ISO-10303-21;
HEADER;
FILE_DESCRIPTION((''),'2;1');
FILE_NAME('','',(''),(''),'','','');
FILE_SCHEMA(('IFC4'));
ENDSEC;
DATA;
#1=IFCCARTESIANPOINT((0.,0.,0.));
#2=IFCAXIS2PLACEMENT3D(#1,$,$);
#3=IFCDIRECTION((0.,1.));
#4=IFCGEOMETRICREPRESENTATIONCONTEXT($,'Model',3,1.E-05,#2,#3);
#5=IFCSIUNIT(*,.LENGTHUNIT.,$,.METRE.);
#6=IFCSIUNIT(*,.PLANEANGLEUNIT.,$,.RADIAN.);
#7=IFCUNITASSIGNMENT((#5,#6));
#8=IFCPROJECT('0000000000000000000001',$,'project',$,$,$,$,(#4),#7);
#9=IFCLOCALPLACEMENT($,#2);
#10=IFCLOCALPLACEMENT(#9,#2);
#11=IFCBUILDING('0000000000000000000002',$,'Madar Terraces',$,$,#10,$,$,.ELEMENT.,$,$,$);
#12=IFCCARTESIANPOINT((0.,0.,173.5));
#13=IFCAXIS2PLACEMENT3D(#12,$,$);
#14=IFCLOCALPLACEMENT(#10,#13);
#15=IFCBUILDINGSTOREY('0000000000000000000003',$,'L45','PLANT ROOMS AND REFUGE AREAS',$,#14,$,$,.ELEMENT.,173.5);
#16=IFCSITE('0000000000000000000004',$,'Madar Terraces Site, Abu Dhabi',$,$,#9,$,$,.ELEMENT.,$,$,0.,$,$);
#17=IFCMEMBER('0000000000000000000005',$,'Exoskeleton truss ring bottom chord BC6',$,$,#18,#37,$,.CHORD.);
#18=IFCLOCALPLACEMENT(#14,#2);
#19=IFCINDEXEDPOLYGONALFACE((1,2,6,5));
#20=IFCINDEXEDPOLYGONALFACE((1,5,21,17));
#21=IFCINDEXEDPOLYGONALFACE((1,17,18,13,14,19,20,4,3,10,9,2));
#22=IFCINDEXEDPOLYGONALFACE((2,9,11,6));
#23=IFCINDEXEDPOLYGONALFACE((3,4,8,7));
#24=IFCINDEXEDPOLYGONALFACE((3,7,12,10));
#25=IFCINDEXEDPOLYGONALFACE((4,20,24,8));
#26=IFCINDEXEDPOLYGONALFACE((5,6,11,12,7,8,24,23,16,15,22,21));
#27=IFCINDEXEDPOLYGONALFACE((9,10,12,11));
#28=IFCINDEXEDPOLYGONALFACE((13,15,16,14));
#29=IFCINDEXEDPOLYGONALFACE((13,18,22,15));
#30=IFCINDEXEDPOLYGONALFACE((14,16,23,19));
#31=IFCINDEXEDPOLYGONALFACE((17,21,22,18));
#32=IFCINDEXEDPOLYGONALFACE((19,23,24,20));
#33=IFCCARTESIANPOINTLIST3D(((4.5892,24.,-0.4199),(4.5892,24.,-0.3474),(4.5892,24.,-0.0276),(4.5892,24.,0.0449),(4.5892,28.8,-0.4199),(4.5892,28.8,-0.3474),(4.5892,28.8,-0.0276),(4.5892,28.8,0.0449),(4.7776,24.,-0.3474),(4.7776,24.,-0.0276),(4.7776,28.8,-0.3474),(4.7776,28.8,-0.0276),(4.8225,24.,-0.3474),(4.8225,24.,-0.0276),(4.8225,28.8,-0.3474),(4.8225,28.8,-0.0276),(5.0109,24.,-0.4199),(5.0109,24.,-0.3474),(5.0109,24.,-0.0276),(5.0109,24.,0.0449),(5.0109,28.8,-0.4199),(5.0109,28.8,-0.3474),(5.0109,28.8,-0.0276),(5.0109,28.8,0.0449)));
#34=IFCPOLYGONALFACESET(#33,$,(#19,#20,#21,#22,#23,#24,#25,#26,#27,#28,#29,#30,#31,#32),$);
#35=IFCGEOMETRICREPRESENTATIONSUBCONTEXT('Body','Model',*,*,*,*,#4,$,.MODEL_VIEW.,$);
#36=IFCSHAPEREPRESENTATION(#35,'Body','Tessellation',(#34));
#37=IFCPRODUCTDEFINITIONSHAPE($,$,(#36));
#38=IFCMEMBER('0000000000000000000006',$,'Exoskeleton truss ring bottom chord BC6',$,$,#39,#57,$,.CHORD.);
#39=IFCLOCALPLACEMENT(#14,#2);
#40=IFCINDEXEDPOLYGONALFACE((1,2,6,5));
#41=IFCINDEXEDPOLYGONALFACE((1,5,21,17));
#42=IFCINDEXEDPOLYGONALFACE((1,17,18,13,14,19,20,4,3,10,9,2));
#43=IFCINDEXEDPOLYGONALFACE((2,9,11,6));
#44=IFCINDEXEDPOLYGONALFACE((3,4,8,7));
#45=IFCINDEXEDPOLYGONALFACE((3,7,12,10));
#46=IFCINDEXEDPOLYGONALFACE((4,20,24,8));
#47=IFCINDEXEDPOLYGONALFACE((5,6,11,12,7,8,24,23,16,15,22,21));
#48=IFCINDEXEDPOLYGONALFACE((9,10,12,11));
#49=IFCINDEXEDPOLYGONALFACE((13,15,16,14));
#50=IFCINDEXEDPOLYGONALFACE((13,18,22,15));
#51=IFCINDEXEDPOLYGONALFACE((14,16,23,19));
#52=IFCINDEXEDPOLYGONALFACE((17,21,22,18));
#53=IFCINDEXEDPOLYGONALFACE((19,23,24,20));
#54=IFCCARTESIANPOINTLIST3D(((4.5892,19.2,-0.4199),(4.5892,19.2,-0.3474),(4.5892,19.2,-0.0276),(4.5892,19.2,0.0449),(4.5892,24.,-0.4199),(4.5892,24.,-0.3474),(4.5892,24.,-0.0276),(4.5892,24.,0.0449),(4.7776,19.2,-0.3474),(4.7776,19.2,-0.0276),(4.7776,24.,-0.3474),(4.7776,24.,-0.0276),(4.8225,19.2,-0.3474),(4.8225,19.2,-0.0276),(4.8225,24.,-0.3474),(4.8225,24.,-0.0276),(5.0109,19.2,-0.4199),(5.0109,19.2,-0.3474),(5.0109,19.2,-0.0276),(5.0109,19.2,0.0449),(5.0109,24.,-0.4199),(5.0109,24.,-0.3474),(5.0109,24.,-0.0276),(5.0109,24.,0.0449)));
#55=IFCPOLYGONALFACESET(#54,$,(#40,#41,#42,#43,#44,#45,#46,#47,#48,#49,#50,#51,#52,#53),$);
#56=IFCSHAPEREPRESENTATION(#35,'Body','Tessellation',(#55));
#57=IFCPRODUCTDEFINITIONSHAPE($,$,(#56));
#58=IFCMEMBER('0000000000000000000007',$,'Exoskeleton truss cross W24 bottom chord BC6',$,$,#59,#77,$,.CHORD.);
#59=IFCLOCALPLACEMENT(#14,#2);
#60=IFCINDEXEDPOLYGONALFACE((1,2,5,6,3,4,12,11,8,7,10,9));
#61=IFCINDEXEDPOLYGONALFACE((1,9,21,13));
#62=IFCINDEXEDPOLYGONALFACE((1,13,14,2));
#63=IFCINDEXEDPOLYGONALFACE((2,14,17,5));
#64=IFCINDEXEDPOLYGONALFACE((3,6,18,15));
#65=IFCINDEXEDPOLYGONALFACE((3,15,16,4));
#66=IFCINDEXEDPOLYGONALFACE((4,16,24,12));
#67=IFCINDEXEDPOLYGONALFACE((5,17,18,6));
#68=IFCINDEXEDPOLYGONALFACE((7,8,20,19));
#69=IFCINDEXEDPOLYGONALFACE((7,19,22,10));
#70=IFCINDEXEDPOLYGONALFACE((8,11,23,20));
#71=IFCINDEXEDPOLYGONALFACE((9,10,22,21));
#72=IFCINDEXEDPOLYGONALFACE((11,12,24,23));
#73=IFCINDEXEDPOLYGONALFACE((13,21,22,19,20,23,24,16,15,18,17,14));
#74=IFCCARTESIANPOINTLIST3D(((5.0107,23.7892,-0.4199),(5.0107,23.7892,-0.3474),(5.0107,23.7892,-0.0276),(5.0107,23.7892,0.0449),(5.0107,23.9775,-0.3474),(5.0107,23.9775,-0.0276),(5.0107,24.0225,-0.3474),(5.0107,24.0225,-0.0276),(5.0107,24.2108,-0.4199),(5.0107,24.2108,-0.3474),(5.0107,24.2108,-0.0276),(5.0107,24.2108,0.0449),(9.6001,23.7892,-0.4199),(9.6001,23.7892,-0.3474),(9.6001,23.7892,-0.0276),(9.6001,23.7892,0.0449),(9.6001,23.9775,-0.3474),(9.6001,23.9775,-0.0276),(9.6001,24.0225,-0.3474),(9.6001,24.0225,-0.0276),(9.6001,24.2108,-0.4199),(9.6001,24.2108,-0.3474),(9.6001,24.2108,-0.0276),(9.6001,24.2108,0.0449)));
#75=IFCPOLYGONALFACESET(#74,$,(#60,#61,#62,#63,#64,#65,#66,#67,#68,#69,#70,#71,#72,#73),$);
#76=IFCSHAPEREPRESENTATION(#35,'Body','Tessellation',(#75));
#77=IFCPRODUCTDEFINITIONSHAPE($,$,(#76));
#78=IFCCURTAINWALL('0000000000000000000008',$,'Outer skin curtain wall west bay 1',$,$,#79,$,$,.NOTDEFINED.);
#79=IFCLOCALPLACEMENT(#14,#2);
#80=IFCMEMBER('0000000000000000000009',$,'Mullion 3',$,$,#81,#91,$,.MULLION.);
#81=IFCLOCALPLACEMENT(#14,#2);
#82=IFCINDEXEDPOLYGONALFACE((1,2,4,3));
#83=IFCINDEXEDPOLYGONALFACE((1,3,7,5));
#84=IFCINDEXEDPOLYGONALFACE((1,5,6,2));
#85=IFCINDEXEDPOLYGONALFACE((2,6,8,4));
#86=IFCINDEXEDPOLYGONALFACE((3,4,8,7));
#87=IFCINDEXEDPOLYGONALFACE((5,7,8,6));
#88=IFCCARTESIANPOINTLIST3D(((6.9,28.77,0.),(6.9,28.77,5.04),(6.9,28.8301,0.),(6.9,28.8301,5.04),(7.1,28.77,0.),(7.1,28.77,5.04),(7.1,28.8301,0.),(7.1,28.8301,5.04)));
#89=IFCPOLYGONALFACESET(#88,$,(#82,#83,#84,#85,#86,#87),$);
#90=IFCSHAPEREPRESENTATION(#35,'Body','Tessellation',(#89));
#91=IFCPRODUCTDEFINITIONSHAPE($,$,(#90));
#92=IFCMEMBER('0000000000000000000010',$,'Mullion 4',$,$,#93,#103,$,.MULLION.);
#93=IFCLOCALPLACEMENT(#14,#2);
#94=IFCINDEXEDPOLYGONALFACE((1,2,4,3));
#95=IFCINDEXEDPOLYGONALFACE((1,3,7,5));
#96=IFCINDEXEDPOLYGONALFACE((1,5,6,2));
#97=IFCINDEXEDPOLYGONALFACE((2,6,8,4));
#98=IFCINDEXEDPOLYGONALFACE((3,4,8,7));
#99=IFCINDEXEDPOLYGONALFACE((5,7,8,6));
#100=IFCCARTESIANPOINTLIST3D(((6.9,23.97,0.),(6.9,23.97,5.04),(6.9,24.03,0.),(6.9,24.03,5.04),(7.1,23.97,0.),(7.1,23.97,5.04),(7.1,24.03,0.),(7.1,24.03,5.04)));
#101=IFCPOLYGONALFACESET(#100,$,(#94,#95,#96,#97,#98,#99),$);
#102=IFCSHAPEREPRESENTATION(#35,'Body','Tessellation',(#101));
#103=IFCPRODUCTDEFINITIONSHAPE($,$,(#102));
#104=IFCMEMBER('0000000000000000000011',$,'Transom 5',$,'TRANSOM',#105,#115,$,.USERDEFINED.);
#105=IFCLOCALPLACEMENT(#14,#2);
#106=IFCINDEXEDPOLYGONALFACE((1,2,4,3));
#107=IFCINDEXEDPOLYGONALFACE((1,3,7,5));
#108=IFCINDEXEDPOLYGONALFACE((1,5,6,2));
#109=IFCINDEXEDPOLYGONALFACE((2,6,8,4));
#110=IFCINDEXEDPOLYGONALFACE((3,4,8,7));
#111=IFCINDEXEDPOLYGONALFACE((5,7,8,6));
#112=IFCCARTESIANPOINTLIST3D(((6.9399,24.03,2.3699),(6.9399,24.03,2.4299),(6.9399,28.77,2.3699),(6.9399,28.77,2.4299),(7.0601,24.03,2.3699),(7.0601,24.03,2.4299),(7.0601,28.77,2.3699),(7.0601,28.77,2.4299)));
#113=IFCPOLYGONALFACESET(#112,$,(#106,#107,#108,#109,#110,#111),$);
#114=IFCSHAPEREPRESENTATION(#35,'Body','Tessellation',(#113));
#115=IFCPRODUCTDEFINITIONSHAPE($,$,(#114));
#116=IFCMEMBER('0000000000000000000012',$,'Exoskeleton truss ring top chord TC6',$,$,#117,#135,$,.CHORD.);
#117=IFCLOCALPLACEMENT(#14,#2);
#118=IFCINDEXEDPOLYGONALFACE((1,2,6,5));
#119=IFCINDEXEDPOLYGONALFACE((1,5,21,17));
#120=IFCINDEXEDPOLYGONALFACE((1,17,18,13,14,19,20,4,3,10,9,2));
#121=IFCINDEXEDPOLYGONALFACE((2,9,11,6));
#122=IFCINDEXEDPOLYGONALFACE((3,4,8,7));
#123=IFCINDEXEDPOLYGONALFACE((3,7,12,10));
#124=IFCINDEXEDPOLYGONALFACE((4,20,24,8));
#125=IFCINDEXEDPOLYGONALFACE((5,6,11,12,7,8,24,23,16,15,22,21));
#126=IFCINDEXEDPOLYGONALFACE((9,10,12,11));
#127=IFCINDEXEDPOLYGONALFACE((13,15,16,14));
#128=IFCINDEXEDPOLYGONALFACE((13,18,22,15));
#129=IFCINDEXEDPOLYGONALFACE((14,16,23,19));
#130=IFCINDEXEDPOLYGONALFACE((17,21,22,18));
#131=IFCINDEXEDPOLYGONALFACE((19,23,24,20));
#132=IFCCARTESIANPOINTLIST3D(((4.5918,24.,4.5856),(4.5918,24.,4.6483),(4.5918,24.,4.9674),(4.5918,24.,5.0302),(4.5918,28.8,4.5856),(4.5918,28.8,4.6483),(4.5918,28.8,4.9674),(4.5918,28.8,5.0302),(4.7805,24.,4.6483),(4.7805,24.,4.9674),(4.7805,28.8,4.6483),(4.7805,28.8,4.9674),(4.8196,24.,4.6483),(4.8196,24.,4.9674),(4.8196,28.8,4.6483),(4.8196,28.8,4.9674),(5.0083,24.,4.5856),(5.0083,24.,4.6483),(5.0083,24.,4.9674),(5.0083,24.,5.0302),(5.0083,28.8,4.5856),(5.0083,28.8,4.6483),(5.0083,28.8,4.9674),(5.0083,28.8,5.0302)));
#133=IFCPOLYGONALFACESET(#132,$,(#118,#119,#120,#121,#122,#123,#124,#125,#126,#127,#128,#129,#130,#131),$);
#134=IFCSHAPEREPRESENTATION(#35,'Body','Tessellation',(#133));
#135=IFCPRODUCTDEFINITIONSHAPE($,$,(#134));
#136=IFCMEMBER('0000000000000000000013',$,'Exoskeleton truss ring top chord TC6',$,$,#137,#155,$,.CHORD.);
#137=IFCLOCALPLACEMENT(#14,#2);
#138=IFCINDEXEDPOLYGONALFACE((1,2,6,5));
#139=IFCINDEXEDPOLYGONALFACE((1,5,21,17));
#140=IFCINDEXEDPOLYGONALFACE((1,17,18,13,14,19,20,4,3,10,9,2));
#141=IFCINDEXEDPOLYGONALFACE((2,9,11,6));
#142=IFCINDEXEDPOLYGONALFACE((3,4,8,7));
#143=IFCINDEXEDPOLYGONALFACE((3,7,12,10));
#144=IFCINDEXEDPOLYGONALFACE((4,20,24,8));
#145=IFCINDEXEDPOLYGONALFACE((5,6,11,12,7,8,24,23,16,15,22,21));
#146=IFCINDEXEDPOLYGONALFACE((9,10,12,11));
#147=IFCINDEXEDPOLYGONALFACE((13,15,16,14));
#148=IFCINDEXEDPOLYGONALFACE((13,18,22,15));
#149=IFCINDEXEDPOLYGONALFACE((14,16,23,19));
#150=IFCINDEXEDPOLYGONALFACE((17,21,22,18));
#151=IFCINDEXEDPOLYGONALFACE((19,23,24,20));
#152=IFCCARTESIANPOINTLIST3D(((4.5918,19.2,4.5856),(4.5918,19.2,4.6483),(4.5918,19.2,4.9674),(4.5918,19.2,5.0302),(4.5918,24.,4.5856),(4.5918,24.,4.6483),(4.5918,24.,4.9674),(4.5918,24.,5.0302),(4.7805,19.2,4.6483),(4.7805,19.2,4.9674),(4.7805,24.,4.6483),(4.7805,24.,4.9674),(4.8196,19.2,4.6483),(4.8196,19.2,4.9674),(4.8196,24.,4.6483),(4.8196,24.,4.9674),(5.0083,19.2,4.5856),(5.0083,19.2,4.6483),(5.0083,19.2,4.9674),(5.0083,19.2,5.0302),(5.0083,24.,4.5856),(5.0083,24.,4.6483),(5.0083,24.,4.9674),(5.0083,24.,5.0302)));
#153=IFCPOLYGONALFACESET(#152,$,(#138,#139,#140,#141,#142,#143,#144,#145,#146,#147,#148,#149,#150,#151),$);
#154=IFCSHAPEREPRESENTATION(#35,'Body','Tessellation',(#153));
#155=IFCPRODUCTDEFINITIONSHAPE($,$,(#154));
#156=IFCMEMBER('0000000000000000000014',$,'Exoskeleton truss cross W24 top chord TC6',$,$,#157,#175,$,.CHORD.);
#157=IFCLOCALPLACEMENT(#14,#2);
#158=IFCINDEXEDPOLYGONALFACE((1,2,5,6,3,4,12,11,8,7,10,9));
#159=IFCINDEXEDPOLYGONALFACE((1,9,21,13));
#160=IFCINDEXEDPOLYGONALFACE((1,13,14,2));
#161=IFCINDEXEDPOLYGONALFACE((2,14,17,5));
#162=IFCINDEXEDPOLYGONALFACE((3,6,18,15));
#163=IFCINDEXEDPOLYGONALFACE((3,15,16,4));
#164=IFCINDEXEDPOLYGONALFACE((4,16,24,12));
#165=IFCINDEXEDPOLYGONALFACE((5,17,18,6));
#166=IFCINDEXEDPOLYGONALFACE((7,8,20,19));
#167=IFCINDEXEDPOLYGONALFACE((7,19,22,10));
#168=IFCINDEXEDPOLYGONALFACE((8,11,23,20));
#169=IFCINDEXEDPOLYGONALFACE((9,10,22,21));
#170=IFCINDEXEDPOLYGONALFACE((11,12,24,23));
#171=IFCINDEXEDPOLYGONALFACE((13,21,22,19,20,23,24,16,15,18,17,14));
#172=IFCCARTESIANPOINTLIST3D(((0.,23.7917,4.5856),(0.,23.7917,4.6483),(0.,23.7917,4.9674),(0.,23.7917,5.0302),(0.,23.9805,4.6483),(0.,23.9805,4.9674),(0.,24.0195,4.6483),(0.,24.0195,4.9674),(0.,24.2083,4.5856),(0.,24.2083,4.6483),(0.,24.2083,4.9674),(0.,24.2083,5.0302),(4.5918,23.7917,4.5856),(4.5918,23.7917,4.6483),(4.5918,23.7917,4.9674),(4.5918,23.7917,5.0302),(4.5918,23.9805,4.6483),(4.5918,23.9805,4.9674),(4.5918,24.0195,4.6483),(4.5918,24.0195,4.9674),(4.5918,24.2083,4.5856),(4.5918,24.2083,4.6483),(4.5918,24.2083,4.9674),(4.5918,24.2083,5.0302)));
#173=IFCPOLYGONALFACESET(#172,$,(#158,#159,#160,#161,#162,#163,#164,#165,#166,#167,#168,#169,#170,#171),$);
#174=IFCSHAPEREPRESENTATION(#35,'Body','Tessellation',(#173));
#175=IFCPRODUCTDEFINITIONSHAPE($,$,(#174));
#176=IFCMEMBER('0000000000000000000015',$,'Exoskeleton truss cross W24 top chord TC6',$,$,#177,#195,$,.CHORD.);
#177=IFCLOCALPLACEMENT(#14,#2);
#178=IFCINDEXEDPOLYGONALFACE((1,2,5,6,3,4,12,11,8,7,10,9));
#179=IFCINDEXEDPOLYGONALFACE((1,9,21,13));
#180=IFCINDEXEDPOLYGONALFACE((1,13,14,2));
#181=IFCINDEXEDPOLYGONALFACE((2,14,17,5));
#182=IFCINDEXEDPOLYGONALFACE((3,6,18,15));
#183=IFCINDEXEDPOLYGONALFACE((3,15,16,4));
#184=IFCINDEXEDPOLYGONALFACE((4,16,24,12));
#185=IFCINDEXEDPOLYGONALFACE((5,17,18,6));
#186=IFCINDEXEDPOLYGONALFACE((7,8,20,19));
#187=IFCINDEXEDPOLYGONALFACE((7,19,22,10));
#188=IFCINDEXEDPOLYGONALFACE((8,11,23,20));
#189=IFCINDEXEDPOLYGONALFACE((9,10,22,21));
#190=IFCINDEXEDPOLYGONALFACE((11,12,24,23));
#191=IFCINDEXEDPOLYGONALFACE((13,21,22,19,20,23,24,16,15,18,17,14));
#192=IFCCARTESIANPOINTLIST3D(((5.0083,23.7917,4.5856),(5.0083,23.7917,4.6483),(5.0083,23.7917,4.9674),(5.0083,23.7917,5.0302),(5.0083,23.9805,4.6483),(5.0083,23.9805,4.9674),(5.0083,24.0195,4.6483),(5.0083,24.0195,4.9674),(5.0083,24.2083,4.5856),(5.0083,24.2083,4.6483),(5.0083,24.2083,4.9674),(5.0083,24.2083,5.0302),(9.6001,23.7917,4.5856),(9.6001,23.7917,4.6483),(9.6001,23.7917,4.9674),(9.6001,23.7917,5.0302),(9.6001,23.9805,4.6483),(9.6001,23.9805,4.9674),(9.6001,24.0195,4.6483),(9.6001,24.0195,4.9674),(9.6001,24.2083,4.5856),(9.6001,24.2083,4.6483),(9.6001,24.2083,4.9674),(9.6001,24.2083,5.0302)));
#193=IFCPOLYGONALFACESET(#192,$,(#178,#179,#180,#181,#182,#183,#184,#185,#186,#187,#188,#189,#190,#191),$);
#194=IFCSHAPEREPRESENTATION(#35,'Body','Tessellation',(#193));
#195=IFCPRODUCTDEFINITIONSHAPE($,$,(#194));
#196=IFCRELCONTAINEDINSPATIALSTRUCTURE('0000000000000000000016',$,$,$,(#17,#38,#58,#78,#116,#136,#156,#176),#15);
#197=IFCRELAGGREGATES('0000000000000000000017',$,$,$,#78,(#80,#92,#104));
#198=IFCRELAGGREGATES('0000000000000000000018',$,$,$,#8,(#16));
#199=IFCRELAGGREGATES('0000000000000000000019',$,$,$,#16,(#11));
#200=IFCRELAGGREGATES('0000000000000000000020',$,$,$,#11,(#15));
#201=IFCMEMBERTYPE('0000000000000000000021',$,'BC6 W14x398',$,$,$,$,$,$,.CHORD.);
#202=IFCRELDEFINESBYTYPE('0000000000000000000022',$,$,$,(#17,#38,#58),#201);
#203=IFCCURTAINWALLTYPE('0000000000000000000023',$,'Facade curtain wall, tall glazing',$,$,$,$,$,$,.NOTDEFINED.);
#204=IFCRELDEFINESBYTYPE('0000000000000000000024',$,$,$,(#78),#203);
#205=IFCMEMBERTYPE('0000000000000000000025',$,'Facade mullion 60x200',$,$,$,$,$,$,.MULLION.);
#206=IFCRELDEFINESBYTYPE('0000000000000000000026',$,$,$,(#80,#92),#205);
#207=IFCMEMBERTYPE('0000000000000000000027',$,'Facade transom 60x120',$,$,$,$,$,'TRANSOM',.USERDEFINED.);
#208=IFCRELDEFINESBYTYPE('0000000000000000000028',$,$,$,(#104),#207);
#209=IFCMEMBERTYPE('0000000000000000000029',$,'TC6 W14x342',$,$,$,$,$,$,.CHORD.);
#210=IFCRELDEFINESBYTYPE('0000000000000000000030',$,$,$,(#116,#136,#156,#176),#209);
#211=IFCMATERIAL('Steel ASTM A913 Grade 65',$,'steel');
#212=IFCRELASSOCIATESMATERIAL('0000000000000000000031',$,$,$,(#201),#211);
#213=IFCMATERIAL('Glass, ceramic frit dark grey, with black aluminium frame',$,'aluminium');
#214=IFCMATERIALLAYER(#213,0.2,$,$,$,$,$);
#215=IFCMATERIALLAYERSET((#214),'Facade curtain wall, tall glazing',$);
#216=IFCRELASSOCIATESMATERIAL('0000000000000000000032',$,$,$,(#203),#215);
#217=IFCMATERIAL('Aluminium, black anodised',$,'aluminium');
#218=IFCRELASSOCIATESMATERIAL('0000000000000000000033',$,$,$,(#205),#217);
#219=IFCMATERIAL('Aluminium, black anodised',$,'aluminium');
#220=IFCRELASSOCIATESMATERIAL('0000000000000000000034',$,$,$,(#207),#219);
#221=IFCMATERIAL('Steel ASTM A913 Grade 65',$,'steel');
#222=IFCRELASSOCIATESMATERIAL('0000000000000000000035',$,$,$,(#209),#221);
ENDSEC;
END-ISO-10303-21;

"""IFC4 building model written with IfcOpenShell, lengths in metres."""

from ifc_helpers import new_model, si_unit, direction, frame, origin, origin_2d, place, context, subcontext, project, spatial, rectangle, i_section, extrude, material, layer, layer_set, material_profile, profile_set, type_object, element, aggregate, save


model = new_model("IFC4")

# Units and contexts
model_context = context("Model", 3, precision=1e-05, world=origin(), true_north=direction((0.0, 1.0)))
body_context = subcontext(model_context, "Body", "Model", "MODEL_VIEW")
ifc_project = project(units=[si_unit("LENGTHUNIT", "METRE"), si_unit("PLANEANGLEUNIT", "RADIAN")], contexts=[model_context])

# Site, building, storey
site_placement = place(None, origin())
site = spatial("IfcSite", under=ifc_project, at=site_placement, Name="Madar Terraces Site, Abu Dhabi", CompositionType="ELEMENT", RefElevation=0.0)
building_placement = place(site_placement, origin())
building = spatial("IfcBuilding", under=site, at=building_placement, Name="Madar Terraces", CompositionType="ELEMENT")
storey_placement = place(building_placement, frame((0.0, 0.0, 173.5)))
storey = spatial("IfcBuildingStorey", under=building, at=storey_placement, Name="L45", Description="PLANT ROOMS AND REFUGE AREAS", CompositionType="ELEMENT", Elevation=173.5)

# Members
ifc_material_1 = material(Name="Steel ASTM A913 Grade 65", Category="steel")
ifc_material_profile_1 = material_profile(ifc_material_1, i_section(OverallWidth=0.4216, OverallDepth=0.4648, WebThickness=0.0449, FlangeThickness=0.0725, at=origin_2d()), Name="W14x398")
ifc_profile_set_1 = profile_set([ifc_material_profile_1], Name="Steel ASTM A913 Grade 65")
member_type_1 = type_object("IfcMemberType", Name="BC6 W14x398", PredefinedType="CHORD", material=ifc_profile_set_1)
for number, where, z_axis, x_axis, name in (
    (1, (4.8, 28.8, -0.1875), (0.0, -1.0, 0.0), (1.0, 0.0, 0.0), "Exoskeleton truss ring bottom chord BC6"),
    (2, (4.8, 24.0, -0.1875), (0.0, -1.0, 0.0), (1.0, 0.0, 0.0), "Exoskeleton truss ring bottom chord BC6"),
):
    element("IfcMember", number, at=place(storey_placement, frame(where, z_axis=z_axis, x_axis=x_axis)), inside=storey, type_object=member_type_1, Name=name, PredefinedType="CHORD", context=body_context, shape_type="SweptSolid", body=[
        extrude(i_section(OverallWidth=0.4216, OverallDepth=0.4648, WebThickness=0.0449, FlangeThickness=0.0725, at=origin_2d()), origin(), (0.0, 0.0, 1.0), 4.8),
    ])
member_1_placement = place(storey_placement, frame((5.0107, 24.0, -0.1875), z_axis=(1.0, 0.0, 0.0), x_axis=(0.0, 1.0, 0.0)))
element("IfcMember", 3, at=member_1_placement, inside=storey, type_object=member_type_1, Name="Exoskeleton truss cross W24 bottom chord BC6", PredefinedType="CHORD", context=body_context, shape_type="SweptSolid", body=[
    extrude(i_section(OverallWidth=0.4216, OverallDepth=0.4648, WebThickness=0.0449, FlangeThickness=0.0725, at=origin_2d()), origin(), (0.0, 0.0, 1.0), 4.5894),
])

# Curtain wall, members
ifc_material_2 = material(Name="Glass, ceramic frit dark grey, with black aluminium frame", Category="aluminium")
ifc_layer_1 = layer(ifc_material_2, 0.2)
ifc_layer_set_1 = layer_set([ifc_layer_1], Name="Facade curtain wall, tall glazing")
curtain_wall_type = type_object("IfcCurtainWallType", Name="Facade curtain wall, tall glazing", PredefinedType="NOTDEFINED", material=ifc_layer_set_1)
curtain_wall_placement = place(storey_placement, origin())
curtain_wall = element("IfcCurtainWall", 4, at=curtain_wall_placement, inside=storey, type_object=curtain_wall_type, Name="Outer skin curtain wall west bay 1", PredefinedType="NOTDEFINED")
ifc_material_3 = material(Name="Aluminium, black anodised", Category="aluminium")
ifc_material_profile_2 = material_profile(ifc_material_3, rectangle(XDim=0.2, YDim=0.0601, at=origin_2d()), Name="Facade mullion 60x200")
ifc_profile_set_2 = profile_set([ifc_material_profile_2], Name="Aluminium, black anodised")
member_type_2 = type_object("IfcMemberType", Name="Facade mullion 60x200", PredefinedType="MULLION", material=ifc_profile_set_2)
member_2_placement = place(storey_placement, frame((7.0, 28.8, 0.0), z_axis=(0.0, 0.0, 1.0), x_axis=(1.0, 0.0, 0.0)))
member_2 = element("IfcMember", 5, at=member_2_placement, type_object=member_type_2, Name="Mullion 3", PredefinedType="MULLION", context=body_context, shape_type="SweptSolid", body=[
    extrude(rectangle(XDim=0.2, YDim=0.0601, at=origin_2d()), origin(), (0.0, 0.0, 1.0), 5.04),
])
member_3_placement = place(storey_placement, frame((7.0, 24.0, 0.0), z_axis=(0.0, 0.0, 1.0), x_axis=(1.0, 0.0, 0.0)))
member_3 = element("IfcMember", 6, at=member_3_placement, type_object=member_type_2, Name="Mullion 4", PredefinedType="MULLION", context=body_context, shape_type="SweptSolid", body=[
    extrude(rectangle(XDim=0.2, YDim=0.0601, at=origin_2d()), origin(), (0.0, 0.0, 1.0), 5.04),
])
ifc_material_4 = material(Name="Aluminium, black anodised", Category="aluminium")
ifc_material_profile_3 = material_profile(ifc_material_4, rectangle(XDim=0.1201, YDim=0.0601, at=origin_2d()), Name="Facade transom 60x120")
ifc_profile_set_3 = profile_set([ifc_material_profile_3], Name="Aluminium, black anodised")
member_type_3 = type_object("IfcMemberType", Name="Facade transom 60x120", ElementType="TRANSOM", PredefinedType="USERDEFINED", material=ifc_profile_set_3)
member_4_placement = place(storey_placement, frame((7.0, 28.77, 2.3999), z_axis=(0.0, -1.0, 0.0), x_axis=(1.0, 0.0, 0.0)))
member_4 = element("IfcMember", 7, at=member_4_placement, type_object=member_type_3, Name="Transom 5", ObjectType="TRANSOM", PredefinedType="USERDEFINED", context=body_context, shape_type="SweptSolid", body=[
    extrude(rectangle(XDim=0.1201, YDim=0.0601, at=origin_2d()), origin(), (0.0, 0.0, 1.0), 4.74),
])

# Members
ifc_material_5 = material(Name="Steel ASTM A913 Grade 65", Category="steel")
ifc_material_profile_4 = material_profile(ifc_material_5, i_section(OverallWidth=0.4165, OverallDepth=0.4446, WebThickness=0.0391, FlangeThickness=0.0627, at=origin_2d()), Name="W14x342")
ifc_profile_set_4 = profile_set([ifc_material_profile_4], Name="Steel ASTM A913 Grade 65")
member_type_4 = type_object("IfcMemberType", Name="TC6 W14x342", PredefinedType="CHORD", material=ifc_profile_set_4)
for number, where, z_axis, x_axis, name in (
    (8, (4.8, 28.8, 4.8079), (0.0, -1.0, 0.0), (1.0, 0.0, 0.0), "Exoskeleton truss ring top chord TC6"),
    (9, (4.8, 24.0, 4.8079), (0.0, -1.0, 0.0), (1.0, 0.0, 0.0), "Exoskeleton truss ring top chord TC6"),
):
    element("IfcMember", number, at=place(storey_placement, frame(where, z_axis=z_axis, x_axis=x_axis)), inside=storey, type_object=member_type_4, Name=name, PredefinedType="CHORD", context=body_context, shape_type="SweptSolid", body=[
        extrude(i_section(OverallWidth=0.4165, OverallDepth=0.4446, WebThickness=0.0391, FlangeThickness=0.0627, at=origin_2d()), origin(), (0.0, 0.0, 1.0), 4.8),
    ])
for number, where, z_axis, x_axis, name in (
    (10, (0.0, 24.0, 4.8079), (1.0, 0.0, 0.0), (0.0, 1.0, 0.0), "Exoskeleton truss cross W24 top chord TC6"),
    (11, (5.0083, 24.0, 4.8079), (1.0, 0.0, 0.0), (0.0, 1.0, 0.0), "Exoskeleton truss cross W24 top chord TC6"),
):
    element("IfcMember", number, at=place(storey_placement, frame(where, z_axis=z_axis, x_axis=x_axis)), inside=storey, type_object=member_type_4, Name=name, PredefinedType="CHORD", context=body_context, shape_type="SweptSolid", body=[
        extrude(i_section(OverallWidth=0.4165, OverallDepth=0.4446, WebThickness=0.0391, FlangeThickness=0.0627, at=origin_2d()), origin(), (0.0, 0.0, 1.0), 4.5918),
    ])

aggregate(curtain_wall, [member_2, member_3, member_4])

save(model, "model.ifc")
